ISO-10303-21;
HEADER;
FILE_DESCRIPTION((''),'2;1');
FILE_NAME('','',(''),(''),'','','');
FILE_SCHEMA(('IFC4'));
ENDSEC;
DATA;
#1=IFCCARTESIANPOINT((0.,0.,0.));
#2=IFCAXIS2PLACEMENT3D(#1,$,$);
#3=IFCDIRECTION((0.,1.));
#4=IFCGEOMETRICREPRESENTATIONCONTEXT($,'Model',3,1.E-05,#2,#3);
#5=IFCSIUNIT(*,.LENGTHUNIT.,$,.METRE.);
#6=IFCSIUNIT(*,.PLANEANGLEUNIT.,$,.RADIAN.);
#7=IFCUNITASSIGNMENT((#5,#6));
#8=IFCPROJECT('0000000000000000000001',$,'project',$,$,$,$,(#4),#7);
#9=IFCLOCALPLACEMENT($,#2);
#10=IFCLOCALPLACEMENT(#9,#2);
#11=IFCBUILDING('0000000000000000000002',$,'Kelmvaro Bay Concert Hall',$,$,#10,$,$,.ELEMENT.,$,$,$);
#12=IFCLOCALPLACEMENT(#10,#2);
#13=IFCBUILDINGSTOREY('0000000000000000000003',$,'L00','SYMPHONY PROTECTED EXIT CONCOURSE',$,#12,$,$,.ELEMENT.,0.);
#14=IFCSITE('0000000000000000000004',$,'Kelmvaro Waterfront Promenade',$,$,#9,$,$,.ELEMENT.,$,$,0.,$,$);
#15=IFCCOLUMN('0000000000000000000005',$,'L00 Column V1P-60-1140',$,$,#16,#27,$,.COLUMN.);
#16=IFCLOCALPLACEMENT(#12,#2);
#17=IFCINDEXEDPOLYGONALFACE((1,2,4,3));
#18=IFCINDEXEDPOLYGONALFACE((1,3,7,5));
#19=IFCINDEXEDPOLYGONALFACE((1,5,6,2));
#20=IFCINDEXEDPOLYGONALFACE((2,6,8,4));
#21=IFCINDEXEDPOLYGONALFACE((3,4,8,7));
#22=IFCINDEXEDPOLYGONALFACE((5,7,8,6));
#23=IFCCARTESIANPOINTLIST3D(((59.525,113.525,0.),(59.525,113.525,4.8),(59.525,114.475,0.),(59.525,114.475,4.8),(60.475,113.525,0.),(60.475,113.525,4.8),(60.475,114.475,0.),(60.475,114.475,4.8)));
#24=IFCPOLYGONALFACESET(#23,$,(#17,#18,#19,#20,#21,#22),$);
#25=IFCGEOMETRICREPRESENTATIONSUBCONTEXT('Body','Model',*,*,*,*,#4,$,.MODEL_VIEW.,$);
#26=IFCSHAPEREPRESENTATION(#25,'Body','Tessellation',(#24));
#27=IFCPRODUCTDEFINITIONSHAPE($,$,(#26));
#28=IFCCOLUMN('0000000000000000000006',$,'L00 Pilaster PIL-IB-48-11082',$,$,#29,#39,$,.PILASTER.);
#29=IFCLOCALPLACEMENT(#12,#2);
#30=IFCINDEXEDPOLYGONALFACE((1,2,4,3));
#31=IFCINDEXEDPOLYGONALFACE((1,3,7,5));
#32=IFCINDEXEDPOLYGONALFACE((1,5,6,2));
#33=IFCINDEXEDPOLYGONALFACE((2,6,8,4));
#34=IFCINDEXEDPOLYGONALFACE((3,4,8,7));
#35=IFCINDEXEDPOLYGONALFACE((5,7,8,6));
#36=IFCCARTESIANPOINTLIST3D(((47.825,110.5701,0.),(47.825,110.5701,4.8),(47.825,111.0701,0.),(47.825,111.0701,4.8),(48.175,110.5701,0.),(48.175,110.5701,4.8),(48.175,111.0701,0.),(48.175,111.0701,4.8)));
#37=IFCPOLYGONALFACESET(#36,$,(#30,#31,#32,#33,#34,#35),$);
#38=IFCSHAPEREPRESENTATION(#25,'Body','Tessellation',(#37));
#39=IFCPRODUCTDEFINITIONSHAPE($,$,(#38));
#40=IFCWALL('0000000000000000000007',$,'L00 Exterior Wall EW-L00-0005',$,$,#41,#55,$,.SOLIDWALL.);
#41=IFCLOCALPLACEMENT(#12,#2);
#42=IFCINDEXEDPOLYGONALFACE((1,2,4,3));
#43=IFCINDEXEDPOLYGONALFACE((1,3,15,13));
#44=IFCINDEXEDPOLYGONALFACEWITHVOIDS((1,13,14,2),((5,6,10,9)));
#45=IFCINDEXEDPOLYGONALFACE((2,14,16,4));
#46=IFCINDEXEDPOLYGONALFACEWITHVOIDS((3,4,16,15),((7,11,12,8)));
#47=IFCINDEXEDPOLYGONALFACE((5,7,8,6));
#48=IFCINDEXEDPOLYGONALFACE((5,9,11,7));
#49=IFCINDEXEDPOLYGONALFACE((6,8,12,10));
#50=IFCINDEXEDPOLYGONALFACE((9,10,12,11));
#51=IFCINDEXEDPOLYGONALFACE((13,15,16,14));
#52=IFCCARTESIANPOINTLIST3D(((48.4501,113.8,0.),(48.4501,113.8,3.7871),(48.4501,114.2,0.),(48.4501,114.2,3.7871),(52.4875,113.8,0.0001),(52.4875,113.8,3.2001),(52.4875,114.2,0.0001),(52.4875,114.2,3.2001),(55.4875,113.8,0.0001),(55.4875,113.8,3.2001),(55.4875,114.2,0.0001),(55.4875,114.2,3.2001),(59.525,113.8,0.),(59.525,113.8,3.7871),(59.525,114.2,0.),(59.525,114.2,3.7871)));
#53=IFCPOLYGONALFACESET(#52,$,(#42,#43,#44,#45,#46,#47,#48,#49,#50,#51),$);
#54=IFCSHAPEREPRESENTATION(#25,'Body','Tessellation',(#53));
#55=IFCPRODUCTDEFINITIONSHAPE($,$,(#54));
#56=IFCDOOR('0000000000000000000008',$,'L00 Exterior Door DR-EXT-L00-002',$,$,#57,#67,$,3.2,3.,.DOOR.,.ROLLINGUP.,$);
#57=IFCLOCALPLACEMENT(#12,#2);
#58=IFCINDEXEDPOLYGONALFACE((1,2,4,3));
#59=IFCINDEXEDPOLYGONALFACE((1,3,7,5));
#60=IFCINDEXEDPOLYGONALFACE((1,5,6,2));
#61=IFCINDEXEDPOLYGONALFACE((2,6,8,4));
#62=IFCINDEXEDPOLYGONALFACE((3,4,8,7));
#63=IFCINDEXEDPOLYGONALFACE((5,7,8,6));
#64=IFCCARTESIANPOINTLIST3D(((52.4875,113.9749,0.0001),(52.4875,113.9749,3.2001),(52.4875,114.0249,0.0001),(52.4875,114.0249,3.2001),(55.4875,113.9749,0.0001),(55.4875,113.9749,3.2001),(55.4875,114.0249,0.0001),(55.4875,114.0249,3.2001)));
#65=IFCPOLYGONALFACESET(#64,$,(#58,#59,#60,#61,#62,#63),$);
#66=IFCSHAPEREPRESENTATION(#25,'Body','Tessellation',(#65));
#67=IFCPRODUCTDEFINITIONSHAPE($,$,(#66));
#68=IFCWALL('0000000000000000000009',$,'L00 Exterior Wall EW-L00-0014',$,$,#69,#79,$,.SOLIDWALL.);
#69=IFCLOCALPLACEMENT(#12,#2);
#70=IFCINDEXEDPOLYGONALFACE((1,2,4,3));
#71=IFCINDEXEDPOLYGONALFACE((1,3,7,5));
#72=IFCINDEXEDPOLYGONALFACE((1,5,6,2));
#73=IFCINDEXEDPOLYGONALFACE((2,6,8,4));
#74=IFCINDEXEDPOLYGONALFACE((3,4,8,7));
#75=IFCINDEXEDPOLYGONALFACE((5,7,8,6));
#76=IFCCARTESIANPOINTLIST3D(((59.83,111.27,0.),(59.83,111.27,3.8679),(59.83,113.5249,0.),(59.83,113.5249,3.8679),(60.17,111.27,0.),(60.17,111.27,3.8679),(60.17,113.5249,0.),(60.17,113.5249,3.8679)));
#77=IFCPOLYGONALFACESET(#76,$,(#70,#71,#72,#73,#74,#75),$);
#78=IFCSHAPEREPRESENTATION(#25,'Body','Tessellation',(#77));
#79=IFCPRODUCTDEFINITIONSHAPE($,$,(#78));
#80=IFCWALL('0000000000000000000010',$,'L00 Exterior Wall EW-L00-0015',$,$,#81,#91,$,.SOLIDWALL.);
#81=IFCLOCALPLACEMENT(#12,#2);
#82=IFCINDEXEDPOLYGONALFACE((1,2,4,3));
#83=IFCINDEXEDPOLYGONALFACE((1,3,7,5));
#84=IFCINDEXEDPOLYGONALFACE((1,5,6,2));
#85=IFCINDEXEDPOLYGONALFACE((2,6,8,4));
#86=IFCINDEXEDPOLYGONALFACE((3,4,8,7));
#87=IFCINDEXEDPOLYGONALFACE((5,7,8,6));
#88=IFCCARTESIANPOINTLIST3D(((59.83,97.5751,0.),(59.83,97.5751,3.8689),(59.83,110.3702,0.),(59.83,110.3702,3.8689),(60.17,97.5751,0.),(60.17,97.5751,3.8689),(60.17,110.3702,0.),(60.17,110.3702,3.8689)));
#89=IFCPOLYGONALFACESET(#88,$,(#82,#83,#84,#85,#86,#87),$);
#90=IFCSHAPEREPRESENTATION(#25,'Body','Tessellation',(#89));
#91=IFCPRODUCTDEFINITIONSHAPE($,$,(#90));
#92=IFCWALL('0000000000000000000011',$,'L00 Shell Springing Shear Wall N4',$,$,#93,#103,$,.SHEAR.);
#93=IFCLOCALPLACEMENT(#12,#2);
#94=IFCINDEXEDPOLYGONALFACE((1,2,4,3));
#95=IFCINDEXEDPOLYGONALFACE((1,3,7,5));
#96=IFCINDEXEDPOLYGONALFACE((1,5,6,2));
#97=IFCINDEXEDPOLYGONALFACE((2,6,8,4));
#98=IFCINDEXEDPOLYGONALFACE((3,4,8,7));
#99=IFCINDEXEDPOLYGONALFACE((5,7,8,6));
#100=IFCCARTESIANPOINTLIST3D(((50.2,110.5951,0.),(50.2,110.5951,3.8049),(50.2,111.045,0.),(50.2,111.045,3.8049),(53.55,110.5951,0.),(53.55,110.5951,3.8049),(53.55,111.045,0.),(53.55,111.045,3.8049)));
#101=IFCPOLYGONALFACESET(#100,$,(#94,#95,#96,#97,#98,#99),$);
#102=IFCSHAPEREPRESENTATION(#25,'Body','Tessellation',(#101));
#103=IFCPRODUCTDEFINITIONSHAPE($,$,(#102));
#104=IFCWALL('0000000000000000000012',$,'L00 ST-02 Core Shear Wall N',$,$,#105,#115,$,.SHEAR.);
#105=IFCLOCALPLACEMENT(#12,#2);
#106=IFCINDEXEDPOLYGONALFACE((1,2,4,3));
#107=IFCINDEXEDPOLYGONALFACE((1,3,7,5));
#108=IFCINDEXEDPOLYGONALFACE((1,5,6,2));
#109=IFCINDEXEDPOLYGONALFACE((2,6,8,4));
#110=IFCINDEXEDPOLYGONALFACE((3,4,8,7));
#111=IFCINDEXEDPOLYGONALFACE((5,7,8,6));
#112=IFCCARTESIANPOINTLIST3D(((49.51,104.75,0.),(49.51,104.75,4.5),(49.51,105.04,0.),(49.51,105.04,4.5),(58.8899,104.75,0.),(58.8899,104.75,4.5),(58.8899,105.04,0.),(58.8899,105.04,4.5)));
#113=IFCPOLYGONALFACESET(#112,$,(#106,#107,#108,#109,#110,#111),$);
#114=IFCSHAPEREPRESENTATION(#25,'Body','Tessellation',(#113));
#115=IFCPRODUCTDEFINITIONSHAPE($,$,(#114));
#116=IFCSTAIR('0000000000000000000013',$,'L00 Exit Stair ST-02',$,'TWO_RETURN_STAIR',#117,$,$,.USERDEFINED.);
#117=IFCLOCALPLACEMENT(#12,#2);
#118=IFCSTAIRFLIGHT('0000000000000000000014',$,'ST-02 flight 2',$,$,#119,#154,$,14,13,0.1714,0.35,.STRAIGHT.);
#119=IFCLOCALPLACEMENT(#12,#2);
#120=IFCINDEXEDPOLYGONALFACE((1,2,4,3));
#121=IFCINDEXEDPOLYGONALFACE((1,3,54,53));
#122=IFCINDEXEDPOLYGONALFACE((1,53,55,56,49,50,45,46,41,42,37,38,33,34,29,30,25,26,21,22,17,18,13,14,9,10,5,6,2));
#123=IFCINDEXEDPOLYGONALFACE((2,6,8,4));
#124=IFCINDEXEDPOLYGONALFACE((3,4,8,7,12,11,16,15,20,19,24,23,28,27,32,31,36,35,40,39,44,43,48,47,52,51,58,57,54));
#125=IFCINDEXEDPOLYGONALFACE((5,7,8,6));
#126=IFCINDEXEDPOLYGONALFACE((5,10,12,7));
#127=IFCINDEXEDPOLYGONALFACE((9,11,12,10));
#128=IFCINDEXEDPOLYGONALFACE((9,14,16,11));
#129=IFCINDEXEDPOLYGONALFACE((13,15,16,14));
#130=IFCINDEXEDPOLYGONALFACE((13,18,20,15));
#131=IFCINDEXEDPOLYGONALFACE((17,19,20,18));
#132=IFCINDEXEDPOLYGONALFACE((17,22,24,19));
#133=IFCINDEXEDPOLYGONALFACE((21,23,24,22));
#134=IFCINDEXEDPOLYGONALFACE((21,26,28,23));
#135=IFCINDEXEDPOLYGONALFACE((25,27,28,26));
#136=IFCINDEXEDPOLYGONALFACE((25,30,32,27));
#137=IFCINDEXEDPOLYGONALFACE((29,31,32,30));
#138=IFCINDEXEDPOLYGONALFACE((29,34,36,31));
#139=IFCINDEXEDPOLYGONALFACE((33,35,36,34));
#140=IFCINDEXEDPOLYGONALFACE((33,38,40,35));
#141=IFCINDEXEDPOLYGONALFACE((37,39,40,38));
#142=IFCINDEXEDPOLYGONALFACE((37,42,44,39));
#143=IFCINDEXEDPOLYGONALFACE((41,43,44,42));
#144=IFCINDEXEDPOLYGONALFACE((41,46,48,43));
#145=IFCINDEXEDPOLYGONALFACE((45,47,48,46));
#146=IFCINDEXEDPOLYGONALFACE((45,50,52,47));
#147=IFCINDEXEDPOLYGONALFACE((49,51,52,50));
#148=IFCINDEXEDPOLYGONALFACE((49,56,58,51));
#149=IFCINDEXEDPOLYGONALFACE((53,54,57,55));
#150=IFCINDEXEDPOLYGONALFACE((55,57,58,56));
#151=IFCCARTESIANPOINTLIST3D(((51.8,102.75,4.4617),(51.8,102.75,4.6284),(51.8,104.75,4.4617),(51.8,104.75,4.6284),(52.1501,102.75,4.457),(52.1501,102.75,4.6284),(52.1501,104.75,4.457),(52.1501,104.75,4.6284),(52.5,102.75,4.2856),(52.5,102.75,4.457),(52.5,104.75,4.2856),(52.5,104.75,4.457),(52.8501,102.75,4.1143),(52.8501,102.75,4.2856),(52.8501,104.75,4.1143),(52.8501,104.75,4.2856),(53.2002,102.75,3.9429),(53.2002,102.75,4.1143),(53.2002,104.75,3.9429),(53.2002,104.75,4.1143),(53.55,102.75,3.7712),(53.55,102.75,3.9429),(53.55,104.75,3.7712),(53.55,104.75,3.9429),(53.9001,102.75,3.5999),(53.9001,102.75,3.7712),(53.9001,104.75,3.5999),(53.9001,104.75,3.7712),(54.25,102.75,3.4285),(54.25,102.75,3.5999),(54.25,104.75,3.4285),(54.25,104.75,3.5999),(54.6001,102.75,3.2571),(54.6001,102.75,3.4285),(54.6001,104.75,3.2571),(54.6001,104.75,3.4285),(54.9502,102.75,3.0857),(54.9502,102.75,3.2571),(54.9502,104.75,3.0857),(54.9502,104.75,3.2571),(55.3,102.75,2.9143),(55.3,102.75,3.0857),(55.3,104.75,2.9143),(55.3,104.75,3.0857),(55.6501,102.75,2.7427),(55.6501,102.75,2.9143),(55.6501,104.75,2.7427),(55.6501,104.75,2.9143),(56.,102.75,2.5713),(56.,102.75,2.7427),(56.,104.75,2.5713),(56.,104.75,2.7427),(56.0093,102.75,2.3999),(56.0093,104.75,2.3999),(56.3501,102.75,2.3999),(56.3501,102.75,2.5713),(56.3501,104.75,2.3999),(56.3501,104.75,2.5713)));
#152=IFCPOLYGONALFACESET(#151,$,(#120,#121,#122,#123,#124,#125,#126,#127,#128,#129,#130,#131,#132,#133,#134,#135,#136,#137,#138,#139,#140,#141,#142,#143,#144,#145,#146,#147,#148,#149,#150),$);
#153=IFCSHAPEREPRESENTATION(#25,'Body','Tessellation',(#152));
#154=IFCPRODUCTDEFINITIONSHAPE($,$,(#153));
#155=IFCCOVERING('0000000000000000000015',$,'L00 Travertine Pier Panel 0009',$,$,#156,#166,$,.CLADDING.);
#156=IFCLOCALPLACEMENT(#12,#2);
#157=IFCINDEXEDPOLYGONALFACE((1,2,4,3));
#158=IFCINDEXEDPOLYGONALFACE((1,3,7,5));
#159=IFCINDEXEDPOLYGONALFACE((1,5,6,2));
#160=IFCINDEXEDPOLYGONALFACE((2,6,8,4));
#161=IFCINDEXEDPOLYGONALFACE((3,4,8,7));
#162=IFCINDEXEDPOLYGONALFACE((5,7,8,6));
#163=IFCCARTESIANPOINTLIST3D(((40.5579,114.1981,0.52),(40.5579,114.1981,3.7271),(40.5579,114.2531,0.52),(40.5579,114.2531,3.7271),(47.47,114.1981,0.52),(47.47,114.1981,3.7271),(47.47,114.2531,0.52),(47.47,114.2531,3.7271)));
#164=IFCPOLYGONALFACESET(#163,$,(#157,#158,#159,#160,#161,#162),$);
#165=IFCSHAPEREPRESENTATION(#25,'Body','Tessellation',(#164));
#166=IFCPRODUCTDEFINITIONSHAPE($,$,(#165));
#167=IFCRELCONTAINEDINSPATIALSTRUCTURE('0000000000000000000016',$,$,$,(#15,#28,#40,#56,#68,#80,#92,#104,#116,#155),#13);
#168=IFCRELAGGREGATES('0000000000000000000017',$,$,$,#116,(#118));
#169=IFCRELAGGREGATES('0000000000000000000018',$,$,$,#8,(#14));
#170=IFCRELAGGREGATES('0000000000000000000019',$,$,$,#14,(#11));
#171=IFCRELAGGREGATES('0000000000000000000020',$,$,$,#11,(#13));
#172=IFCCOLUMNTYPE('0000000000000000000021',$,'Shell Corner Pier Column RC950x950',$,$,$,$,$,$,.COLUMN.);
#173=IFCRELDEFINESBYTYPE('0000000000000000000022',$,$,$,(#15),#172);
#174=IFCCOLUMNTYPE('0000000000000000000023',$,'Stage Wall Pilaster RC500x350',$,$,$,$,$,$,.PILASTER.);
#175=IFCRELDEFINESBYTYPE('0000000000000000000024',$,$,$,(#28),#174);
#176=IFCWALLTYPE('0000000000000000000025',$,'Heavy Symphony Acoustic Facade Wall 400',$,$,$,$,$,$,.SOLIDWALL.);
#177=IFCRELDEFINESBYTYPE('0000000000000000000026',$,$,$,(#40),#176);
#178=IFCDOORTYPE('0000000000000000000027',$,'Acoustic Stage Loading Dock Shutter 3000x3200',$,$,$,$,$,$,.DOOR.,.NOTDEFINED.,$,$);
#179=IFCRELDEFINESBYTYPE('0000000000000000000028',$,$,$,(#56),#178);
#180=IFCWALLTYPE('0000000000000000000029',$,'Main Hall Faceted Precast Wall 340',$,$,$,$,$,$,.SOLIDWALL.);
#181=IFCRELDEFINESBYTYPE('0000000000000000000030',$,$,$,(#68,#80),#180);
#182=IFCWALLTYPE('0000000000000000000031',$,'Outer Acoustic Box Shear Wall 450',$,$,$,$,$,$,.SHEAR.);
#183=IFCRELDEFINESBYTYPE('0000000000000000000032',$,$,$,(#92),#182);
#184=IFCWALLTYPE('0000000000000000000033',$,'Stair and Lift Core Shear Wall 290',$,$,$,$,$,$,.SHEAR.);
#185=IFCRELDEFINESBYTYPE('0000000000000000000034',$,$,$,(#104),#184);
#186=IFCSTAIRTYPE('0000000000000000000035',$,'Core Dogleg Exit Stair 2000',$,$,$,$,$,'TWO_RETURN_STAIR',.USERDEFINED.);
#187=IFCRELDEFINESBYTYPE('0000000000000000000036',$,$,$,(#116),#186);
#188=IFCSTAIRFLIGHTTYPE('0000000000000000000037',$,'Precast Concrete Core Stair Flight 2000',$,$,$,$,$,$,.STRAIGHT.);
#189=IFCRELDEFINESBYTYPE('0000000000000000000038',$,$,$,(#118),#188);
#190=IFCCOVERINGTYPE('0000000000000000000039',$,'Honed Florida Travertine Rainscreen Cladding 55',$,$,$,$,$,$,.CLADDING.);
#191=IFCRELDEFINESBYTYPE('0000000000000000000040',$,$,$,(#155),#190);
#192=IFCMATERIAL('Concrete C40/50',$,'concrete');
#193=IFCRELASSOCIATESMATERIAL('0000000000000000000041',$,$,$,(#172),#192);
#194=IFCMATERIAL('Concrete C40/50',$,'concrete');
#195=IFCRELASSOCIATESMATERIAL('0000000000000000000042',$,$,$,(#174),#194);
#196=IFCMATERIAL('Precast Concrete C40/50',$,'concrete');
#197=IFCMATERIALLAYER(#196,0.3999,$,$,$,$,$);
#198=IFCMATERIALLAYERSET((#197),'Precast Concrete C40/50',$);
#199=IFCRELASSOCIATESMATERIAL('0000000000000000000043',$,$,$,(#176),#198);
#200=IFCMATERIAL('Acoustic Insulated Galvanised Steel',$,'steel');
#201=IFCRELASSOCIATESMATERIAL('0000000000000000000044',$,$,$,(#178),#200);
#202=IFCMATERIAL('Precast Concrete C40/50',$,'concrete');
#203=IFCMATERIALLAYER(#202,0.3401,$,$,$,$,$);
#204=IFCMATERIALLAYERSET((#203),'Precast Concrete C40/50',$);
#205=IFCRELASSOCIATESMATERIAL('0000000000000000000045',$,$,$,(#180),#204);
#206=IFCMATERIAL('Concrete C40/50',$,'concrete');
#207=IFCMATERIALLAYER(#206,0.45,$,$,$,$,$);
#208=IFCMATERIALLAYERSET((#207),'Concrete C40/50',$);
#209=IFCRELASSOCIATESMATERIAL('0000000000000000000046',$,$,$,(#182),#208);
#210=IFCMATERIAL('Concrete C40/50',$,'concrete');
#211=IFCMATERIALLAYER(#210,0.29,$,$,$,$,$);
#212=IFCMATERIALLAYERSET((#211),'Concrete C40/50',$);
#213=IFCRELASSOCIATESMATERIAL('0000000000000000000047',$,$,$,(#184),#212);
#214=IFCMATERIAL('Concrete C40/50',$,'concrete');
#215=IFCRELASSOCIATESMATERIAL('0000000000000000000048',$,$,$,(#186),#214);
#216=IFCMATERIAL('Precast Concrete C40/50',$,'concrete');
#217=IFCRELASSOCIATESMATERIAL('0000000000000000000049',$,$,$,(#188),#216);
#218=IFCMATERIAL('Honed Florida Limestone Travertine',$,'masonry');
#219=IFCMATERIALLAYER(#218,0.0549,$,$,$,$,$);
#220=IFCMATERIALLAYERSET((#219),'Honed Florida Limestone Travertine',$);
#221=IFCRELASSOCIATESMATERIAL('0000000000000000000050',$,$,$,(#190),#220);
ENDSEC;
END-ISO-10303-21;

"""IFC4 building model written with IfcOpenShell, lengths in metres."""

from ifc_helpers import new_model, si_unit, direction, frame, frame_2d, origin, origin_2d, place, context, subcontext, project, spatial, polyline, rectangle, outline, extrude, material, layer, layer_set, material_profile, profile_set, type_object, element, fill, aggregate, save


model = new_model("IFC4")

# Units and contexts
model_context = context("Model", 3, precision=1e-05, world=origin(), true_north=direction((0.0, 1.0)))
body_context = subcontext(model_context, "Body", "Model", "MODEL_VIEW")
ifc_project = project(units=[si_unit("LENGTHUNIT", "METRE"), si_unit("PLANEANGLEUNIT", "RADIAN")], contexts=[model_context])

# Site, building, storey
site_placement = place(None, origin())
site = spatial("IfcSite", under=ifc_project, at=site_placement, Name="Kelmvaro Waterfront Promenade", CompositionType="ELEMENT", RefElevation=0.0)
building_placement = place(site_placement, origin())
building = spatial("IfcBuilding", under=site, at=building_placement, Name="Kelmvaro Bay Concert Hall", CompositionType="ELEMENT")
storey_placement = place(building_placement, origin())
storey = spatial("IfcBuildingStorey", under=building, at=storey_placement, Name="L00", Description="SYMPHONY PROTECTED EXIT CONCOURSE", CompositionType="ELEMENT", Elevation=0.0)

# Columns
ifc_material_1 = material(Name="Concrete C40/50", Category="concrete")
ifc_material_profile_1 = material_profile(ifc_material_1, rectangle(XDim=0.95, YDim=0.95, at=origin_2d()), Name="RC-COL-950X950")
ifc_profile_set_1 = profile_set([ifc_material_profile_1], Name="Concrete C40/50")
column_type_1 = type_object("IfcColumnType", Name="Shell Corner Pier Column RC950x950", PredefinedType="COLUMN", material=ifc_profile_set_1)
column_1_placement = place(storey_placement, frame((60.0, 114.0, 0.0), z_axis=(0.0, 0.0, 1.0), x_axis=(1.0, 0.0, 0.0)))
element("IfcColumn", 1, at=column_1_placement, inside=storey, type_object=column_type_1, Name="L00 Column V1P-60-1140", PredefinedType="COLUMN", context=body_context, shape_type="SweptSolid", body=[
    extrude(rectangle(XDim=0.95, YDim=0.95, at=origin_2d()), origin(), (0.0, 0.0, 1.0), 4.8),
])
ifc_material_2 = material(Name="Concrete C40/50", Category="concrete")
ifc_material_profile_2 = material_profile(ifc_material_2, rectangle(XDim=0.3501, YDim=0.5, at=origin_2d()), Name="RC-PIL-500X350")
ifc_profile_set_2 = profile_set([ifc_material_profile_2], Name="Concrete C40/50")
column_type_2 = type_object("IfcColumnType", Name="Stage Wall Pilaster RC500x350", PredefinedType="PILASTER", material=ifc_profile_set_2)
column_2_placement = place(storey_placement, frame((48.0, 110.8201, 0.0), z_axis=(0.0, 0.0, 1.0), x_axis=(1.0, 0.0, 0.0)))
element("IfcColumn", 2, at=column_2_placement, inside=storey, type_object=column_type_2, Name="L00 Pilaster PIL-IB-48-11082", PredefinedType="PILASTER", context=body_context, shape_type="SweptSolid", body=[
    extrude(rectangle(XDim=0.3501, YDim=0.5, at=origin_2d()), origin(), (0.0, 0.0, 1.0), 4.8),
])

# Wall, opening, door
ifc_material_3 = material(Name="Precast Concrete C40/50", Category="concrete")
ifc_layer_1 = layer(ifc_material_3, 0.3999)
ifc_layer_set_1 = layer_set([ifc_layer_1], Name="Precast Concrete C40/50")
wall_type_1 = type_object("IfcWallType", Name="Heavy Symphony Acoustic Facade Wall 400", PredefinedType="SOLIDWALL", material=ifc_layer_set_1)
wall_1_placement = place(storey_placement, frame((48.45, 114.0, 0.0), z_axis=(0.0, 0.0, 1.0), x_axis=(1.0, 0.0, 0.0)))
wall_1 = element("IfcWall", 3, at=wall_1_placement, inside=storey, type_object=wall_type_1, Name="L00 Exterior Wall EW-L00-0005", PredefinedType="SOLIDWALL", context=body_context, shape_type="SweptSolid", body=[
    extrude(rectangle(XDim=11.075, YDim=0.3999, at=frame_2d((5.5376, 0.0))), origin(), (0.0, 0.0, 1.0), 3.7871),
])
opening_placement = place(wall_1_placement, frame((4.0376, 0.0, 0.0)))
opening = element("IfcOpeningElement", 4, at=opening_placement, cuts=wall_1, PredefinedType="OPENING", context=body_context, shape_type="SweptSolid", body=[
    extrude(rectangle(XDim=3.0, YDim=3.2, at=frame_2d((1.5, 1.6001))), frame((0.0, 0.21, 0.0), z_axis=(0.0, -1.0, 0.0), x_axis=(1.0, 0.0, 0.0)), (0.0, 0.0, 1.0), 0.4199),
])
ifc_material_4 = material(Name="Acoustic Insulated Galvanised Steel", Category="steel")
door_type = type_object("IfcDoorType", Name="Acoustic Stage Loading Dock Shutter 3000x3200", OperationType="NOTDEFINED", PredefinedType="DOOR", material=ifc_material_4)
door_placement = place(opening_placement, origin())
door = element("IfcDoor", 5, at=door_placement, inside=storey, type_object=door_type, Name="L00 Exterior Door DR-EXT-L00-002", OperationType="ROLLINGUP", OverallHeight=3.2, OverallWidth=3.0, PredefinedType="DOOR", context=body_context, shape_type="SweptSolid", body=[
    extrude(rectangle(XDim=3.0, YDim=3.2, at=frame_2d((1.5, 1.6001))), frame((0.0, 0.0249, 0.0), z_axis=(0.0, -1.0, 0.0), x_axis=(1.0, 0.0, 0.0)), (0.0, 0.0, 1.0), 0.05),
])
fill(opening, door)

# Walls
ifc_material_5 = material(Name="Precast Concrete C40/50", Category="concrete")
ifc_layer_2 = layer(ifc_material_5, 0.3401)
ifc_layer_set_2 = layer_set([ifc_layer_2], Name="Precast Concrete C40/50")
wall_type_2 = type_object("IfcWallType", Name="Main Hall Faceted Precast Wall 340", PredefinedType="SOLIDWALL", material=ifc_layer_set_2)
wall_2_placement = place(storey_placement, frame((60.0, 113.5249, 0.0), z_axis=(0.0, 0.0, 1.0), x_axis=(0.0, -1.0, 0.0)))
element("IfcWall", 6, at=wall_2_placement, inside=storey, type_object=wall_type_2, Name="L00 Exterior Wall EW-L00-0014", PredefinedType="SOLIDWALL", context=body_context, shape_type="SweptSolid", body=[
    extrude(rectangle(XDim=2.2549, YDim=0.3401, at=frame_2d((1.1274, 0.0))), origin(), (0.0, 0.0, 1.0), 3.8679),
])
wall_3_placement = place(storey_placement, frame((60.0, 110.3701, 0.0), z_axis=(0.0, 0.0, 1.0), x_axis=(0.0, -1.0, 0.0)))
element("IfcWall", 7, at=wall_3_placement, inside=storey, type_object=wall_type_2, Name="L00 Exterior Wall EW-L00-0015", PredefinedType="SOLIDWALL", context=body_context, shape_type="SweptSolid", body=[
    extrude(rectangle(XDim=12.7952, YDim=0.3401, at=frame_2d((6.3975, 0.0))), origin(), (0.0, 0.0, 1.0), 3.8689),
])
ifc_material_6 = material(Name="Concrete C40/50", Category="concrete")
ifc_layer_3 = layer(ifc_material_6, 0.45)
ifc_layer_set_3 = layer_set([ifc_layer_3], Name="Concrete C40/50")
wall_type_3 = type_object("IfcWallType", Name="Outer Acoustic Box Shear Wall 450", PredefinedType="SHEAR", material=ifc_layer_set_3)
wall_4_placement = place(storey_placement, frame((50.2, 110.8201, 0.0), z_axis=(0.0, 0.0, 1.0), x_axis=(1.0, 0.0, 0.0)))
element("IfcWall", 8, at=wall_4_placement, inside=storey, type_object=wall_type_3, Name="L00 Shell Springing Shear Wall N4", PredefinedType="SHEAR", context=body_context, shape_type="SweptSolid", body=[
    extrude(rectangle(XDim=3.3501, YDim=0.45, at=frame_2d((1.675, 0.0))), origin(), (0.0, 0.0, 1.0), 3.8049),
])
ifc_material_7 = material(Name="Concrete C40/50", Category="concrete")
ifc_layer_4 = layer(ifc_material_7, 0.29)
ifc_layer_set_4 = layer_set([ifc_layer_4], Name="Concrete C40/50")
wall_type_4 = type_object("IfcWallType", Name="Stair and Lift Core Shear Wall 290", PredefinedType="SHEAR", material=ifc_layer_set_4)
wall_5_placement = place(storey_placement, frame((49.51, 104.895, 0.0), z_axis=(0.0, 0.0, 1.0), x_axis=(1.0, 0.0, 0.0)))
element("IfcWall", 9, at=wall_5_placement, inside=storey, type_object=wall_type_4, Name="L00 ST-02 Core Shear Wall N", PredefinedType="SHEAR", context=body_context, shape_type="SweptSolid", body=[
    extrude(rectangle(XDim=9.3799, YDim=0.29, at=frame_2d((4.6899, 0.0))), origin(), (0.0, 0.0, 1.0), 4.5),
])

# Stair, stair flight
ifc_material_8 = material(Name="Concrete C40/50", Category="concrete")
stair_type = type_object("IfcStairType", Name="Core Dogleg Exit Stair 2000", ElementType="TWO_RETURN_STAIR", PredefinedType="USERDEFINED", material=ifc_material_8)
stair_placement = place(storey_placement, origin())
stair = element("IfcStair", 10, at=stair_placement, inside=storey, type_object=stair_type, Name="L00 Exit Stair ST-02", ObjectType="TWO_RETURN_STAIR", PredefinedType="USERDEFINED")
ifc_material_9 = material(Name="Precast Concrete C40/50", Category="concrete")
stair_flight_type = type_object("IfcStairFlightType", Name="Precast Concrete Core Stair Flight 2000", PredefinedType="STRAIGHT", material=ifc_material_9)
stair_flight_placement = place(storey_placement, frame((56.3501, 103.75, 2.3999), z_axis=(0.0, 0.0, 1.0), x_axis=(-1.0, 0.0, 0.0)))
stair_flight = element("IfcStairFlight", 11, at=stair_flight_placement, type_object=stair_flight_type, Name="ST-02 flight 2", NumberOfRisers=14, NumberOfTreads=13, PredefinedType="STRAIGHT", RiserHeight=0.1714, TreadLength=0.35, context=body_context, shape_type="SweptSolid", body=[
    extrude(outline(polyline([(0.0, 0.0), (0.0, 0.1714), (0.3501, 0.1714), (0.3501, 0.3428), (0.7, 0.3428), (0.7, 0.5144), (1.05, 0.5144), (1.05, 0.6858), (1.3999, 0.6858), (1.3999, 0.8572), (1.75, 0.8572), (1.75, 1.0286), (2.1001, 1.0286), (2.1001, 1.2), (2.45, 1.2), (2.45, 1.3713), (2.8, 1.3713), (2.8, 1.543), (3.1499, 1.543), (3.1499, 1.7144), (3.5, 1.7144), (3.5, 1.8857), (3.8501, 1.8857), (3.8501, 2.0571), (4.2, 2.0571), (4.2, 2.2285), (4.55, 2.2285), (4.55, 2.3999), (4.55, 2.0618), (0.3408, 0.0), (0.0, 0.0)])), frame((0.0, 1.0, 0.0), z_axis=(0.0, -1.0, 0.0), x_axis=(1.0, 0.0, 0.0)), (0.0, 0.0, 1.0), 2.0),
])
aggregate(stair, [stair_flight])

# Covering
ifc_material_10 = material(Name="Honed Florida Limestone Travertine", Category="masonry")
ifc_layer_5 = layer(ifc_material_10, 0.0549)
ifc_layer_set_5 = layer_set([ifc_layer_5], Name="Honed Florida Limestone Travertine")
covering_type = type_object("IfcCoveringType", Name="Honed Florida Travertine Rainscreen Cladding 55", PredefinedType="CLADDING", material=ifc_layer_set_5)
covering_placement = place(storey_placement, frame((44.0139, 114.2256, 0.52), z_axis=(0.0, 0.0, 1.0), x_axis=(1.0, 0.0, 0.0)))
element("IfcCovering", 12, at=covering_placement, inside=storey, type_object=covering_type, Name="L00 Travertine Pier Panel 0009", PredefinedType="CLADDING", context=body_context, shape_type="SweptSolid", body=[
    extrude(rectangle(XDim=6.9121, YDim=0.0549, at=origin_2d()), origin(), (0.0, 0.0, 1.0), 3.207),
])

save(model, "model.ifc")
